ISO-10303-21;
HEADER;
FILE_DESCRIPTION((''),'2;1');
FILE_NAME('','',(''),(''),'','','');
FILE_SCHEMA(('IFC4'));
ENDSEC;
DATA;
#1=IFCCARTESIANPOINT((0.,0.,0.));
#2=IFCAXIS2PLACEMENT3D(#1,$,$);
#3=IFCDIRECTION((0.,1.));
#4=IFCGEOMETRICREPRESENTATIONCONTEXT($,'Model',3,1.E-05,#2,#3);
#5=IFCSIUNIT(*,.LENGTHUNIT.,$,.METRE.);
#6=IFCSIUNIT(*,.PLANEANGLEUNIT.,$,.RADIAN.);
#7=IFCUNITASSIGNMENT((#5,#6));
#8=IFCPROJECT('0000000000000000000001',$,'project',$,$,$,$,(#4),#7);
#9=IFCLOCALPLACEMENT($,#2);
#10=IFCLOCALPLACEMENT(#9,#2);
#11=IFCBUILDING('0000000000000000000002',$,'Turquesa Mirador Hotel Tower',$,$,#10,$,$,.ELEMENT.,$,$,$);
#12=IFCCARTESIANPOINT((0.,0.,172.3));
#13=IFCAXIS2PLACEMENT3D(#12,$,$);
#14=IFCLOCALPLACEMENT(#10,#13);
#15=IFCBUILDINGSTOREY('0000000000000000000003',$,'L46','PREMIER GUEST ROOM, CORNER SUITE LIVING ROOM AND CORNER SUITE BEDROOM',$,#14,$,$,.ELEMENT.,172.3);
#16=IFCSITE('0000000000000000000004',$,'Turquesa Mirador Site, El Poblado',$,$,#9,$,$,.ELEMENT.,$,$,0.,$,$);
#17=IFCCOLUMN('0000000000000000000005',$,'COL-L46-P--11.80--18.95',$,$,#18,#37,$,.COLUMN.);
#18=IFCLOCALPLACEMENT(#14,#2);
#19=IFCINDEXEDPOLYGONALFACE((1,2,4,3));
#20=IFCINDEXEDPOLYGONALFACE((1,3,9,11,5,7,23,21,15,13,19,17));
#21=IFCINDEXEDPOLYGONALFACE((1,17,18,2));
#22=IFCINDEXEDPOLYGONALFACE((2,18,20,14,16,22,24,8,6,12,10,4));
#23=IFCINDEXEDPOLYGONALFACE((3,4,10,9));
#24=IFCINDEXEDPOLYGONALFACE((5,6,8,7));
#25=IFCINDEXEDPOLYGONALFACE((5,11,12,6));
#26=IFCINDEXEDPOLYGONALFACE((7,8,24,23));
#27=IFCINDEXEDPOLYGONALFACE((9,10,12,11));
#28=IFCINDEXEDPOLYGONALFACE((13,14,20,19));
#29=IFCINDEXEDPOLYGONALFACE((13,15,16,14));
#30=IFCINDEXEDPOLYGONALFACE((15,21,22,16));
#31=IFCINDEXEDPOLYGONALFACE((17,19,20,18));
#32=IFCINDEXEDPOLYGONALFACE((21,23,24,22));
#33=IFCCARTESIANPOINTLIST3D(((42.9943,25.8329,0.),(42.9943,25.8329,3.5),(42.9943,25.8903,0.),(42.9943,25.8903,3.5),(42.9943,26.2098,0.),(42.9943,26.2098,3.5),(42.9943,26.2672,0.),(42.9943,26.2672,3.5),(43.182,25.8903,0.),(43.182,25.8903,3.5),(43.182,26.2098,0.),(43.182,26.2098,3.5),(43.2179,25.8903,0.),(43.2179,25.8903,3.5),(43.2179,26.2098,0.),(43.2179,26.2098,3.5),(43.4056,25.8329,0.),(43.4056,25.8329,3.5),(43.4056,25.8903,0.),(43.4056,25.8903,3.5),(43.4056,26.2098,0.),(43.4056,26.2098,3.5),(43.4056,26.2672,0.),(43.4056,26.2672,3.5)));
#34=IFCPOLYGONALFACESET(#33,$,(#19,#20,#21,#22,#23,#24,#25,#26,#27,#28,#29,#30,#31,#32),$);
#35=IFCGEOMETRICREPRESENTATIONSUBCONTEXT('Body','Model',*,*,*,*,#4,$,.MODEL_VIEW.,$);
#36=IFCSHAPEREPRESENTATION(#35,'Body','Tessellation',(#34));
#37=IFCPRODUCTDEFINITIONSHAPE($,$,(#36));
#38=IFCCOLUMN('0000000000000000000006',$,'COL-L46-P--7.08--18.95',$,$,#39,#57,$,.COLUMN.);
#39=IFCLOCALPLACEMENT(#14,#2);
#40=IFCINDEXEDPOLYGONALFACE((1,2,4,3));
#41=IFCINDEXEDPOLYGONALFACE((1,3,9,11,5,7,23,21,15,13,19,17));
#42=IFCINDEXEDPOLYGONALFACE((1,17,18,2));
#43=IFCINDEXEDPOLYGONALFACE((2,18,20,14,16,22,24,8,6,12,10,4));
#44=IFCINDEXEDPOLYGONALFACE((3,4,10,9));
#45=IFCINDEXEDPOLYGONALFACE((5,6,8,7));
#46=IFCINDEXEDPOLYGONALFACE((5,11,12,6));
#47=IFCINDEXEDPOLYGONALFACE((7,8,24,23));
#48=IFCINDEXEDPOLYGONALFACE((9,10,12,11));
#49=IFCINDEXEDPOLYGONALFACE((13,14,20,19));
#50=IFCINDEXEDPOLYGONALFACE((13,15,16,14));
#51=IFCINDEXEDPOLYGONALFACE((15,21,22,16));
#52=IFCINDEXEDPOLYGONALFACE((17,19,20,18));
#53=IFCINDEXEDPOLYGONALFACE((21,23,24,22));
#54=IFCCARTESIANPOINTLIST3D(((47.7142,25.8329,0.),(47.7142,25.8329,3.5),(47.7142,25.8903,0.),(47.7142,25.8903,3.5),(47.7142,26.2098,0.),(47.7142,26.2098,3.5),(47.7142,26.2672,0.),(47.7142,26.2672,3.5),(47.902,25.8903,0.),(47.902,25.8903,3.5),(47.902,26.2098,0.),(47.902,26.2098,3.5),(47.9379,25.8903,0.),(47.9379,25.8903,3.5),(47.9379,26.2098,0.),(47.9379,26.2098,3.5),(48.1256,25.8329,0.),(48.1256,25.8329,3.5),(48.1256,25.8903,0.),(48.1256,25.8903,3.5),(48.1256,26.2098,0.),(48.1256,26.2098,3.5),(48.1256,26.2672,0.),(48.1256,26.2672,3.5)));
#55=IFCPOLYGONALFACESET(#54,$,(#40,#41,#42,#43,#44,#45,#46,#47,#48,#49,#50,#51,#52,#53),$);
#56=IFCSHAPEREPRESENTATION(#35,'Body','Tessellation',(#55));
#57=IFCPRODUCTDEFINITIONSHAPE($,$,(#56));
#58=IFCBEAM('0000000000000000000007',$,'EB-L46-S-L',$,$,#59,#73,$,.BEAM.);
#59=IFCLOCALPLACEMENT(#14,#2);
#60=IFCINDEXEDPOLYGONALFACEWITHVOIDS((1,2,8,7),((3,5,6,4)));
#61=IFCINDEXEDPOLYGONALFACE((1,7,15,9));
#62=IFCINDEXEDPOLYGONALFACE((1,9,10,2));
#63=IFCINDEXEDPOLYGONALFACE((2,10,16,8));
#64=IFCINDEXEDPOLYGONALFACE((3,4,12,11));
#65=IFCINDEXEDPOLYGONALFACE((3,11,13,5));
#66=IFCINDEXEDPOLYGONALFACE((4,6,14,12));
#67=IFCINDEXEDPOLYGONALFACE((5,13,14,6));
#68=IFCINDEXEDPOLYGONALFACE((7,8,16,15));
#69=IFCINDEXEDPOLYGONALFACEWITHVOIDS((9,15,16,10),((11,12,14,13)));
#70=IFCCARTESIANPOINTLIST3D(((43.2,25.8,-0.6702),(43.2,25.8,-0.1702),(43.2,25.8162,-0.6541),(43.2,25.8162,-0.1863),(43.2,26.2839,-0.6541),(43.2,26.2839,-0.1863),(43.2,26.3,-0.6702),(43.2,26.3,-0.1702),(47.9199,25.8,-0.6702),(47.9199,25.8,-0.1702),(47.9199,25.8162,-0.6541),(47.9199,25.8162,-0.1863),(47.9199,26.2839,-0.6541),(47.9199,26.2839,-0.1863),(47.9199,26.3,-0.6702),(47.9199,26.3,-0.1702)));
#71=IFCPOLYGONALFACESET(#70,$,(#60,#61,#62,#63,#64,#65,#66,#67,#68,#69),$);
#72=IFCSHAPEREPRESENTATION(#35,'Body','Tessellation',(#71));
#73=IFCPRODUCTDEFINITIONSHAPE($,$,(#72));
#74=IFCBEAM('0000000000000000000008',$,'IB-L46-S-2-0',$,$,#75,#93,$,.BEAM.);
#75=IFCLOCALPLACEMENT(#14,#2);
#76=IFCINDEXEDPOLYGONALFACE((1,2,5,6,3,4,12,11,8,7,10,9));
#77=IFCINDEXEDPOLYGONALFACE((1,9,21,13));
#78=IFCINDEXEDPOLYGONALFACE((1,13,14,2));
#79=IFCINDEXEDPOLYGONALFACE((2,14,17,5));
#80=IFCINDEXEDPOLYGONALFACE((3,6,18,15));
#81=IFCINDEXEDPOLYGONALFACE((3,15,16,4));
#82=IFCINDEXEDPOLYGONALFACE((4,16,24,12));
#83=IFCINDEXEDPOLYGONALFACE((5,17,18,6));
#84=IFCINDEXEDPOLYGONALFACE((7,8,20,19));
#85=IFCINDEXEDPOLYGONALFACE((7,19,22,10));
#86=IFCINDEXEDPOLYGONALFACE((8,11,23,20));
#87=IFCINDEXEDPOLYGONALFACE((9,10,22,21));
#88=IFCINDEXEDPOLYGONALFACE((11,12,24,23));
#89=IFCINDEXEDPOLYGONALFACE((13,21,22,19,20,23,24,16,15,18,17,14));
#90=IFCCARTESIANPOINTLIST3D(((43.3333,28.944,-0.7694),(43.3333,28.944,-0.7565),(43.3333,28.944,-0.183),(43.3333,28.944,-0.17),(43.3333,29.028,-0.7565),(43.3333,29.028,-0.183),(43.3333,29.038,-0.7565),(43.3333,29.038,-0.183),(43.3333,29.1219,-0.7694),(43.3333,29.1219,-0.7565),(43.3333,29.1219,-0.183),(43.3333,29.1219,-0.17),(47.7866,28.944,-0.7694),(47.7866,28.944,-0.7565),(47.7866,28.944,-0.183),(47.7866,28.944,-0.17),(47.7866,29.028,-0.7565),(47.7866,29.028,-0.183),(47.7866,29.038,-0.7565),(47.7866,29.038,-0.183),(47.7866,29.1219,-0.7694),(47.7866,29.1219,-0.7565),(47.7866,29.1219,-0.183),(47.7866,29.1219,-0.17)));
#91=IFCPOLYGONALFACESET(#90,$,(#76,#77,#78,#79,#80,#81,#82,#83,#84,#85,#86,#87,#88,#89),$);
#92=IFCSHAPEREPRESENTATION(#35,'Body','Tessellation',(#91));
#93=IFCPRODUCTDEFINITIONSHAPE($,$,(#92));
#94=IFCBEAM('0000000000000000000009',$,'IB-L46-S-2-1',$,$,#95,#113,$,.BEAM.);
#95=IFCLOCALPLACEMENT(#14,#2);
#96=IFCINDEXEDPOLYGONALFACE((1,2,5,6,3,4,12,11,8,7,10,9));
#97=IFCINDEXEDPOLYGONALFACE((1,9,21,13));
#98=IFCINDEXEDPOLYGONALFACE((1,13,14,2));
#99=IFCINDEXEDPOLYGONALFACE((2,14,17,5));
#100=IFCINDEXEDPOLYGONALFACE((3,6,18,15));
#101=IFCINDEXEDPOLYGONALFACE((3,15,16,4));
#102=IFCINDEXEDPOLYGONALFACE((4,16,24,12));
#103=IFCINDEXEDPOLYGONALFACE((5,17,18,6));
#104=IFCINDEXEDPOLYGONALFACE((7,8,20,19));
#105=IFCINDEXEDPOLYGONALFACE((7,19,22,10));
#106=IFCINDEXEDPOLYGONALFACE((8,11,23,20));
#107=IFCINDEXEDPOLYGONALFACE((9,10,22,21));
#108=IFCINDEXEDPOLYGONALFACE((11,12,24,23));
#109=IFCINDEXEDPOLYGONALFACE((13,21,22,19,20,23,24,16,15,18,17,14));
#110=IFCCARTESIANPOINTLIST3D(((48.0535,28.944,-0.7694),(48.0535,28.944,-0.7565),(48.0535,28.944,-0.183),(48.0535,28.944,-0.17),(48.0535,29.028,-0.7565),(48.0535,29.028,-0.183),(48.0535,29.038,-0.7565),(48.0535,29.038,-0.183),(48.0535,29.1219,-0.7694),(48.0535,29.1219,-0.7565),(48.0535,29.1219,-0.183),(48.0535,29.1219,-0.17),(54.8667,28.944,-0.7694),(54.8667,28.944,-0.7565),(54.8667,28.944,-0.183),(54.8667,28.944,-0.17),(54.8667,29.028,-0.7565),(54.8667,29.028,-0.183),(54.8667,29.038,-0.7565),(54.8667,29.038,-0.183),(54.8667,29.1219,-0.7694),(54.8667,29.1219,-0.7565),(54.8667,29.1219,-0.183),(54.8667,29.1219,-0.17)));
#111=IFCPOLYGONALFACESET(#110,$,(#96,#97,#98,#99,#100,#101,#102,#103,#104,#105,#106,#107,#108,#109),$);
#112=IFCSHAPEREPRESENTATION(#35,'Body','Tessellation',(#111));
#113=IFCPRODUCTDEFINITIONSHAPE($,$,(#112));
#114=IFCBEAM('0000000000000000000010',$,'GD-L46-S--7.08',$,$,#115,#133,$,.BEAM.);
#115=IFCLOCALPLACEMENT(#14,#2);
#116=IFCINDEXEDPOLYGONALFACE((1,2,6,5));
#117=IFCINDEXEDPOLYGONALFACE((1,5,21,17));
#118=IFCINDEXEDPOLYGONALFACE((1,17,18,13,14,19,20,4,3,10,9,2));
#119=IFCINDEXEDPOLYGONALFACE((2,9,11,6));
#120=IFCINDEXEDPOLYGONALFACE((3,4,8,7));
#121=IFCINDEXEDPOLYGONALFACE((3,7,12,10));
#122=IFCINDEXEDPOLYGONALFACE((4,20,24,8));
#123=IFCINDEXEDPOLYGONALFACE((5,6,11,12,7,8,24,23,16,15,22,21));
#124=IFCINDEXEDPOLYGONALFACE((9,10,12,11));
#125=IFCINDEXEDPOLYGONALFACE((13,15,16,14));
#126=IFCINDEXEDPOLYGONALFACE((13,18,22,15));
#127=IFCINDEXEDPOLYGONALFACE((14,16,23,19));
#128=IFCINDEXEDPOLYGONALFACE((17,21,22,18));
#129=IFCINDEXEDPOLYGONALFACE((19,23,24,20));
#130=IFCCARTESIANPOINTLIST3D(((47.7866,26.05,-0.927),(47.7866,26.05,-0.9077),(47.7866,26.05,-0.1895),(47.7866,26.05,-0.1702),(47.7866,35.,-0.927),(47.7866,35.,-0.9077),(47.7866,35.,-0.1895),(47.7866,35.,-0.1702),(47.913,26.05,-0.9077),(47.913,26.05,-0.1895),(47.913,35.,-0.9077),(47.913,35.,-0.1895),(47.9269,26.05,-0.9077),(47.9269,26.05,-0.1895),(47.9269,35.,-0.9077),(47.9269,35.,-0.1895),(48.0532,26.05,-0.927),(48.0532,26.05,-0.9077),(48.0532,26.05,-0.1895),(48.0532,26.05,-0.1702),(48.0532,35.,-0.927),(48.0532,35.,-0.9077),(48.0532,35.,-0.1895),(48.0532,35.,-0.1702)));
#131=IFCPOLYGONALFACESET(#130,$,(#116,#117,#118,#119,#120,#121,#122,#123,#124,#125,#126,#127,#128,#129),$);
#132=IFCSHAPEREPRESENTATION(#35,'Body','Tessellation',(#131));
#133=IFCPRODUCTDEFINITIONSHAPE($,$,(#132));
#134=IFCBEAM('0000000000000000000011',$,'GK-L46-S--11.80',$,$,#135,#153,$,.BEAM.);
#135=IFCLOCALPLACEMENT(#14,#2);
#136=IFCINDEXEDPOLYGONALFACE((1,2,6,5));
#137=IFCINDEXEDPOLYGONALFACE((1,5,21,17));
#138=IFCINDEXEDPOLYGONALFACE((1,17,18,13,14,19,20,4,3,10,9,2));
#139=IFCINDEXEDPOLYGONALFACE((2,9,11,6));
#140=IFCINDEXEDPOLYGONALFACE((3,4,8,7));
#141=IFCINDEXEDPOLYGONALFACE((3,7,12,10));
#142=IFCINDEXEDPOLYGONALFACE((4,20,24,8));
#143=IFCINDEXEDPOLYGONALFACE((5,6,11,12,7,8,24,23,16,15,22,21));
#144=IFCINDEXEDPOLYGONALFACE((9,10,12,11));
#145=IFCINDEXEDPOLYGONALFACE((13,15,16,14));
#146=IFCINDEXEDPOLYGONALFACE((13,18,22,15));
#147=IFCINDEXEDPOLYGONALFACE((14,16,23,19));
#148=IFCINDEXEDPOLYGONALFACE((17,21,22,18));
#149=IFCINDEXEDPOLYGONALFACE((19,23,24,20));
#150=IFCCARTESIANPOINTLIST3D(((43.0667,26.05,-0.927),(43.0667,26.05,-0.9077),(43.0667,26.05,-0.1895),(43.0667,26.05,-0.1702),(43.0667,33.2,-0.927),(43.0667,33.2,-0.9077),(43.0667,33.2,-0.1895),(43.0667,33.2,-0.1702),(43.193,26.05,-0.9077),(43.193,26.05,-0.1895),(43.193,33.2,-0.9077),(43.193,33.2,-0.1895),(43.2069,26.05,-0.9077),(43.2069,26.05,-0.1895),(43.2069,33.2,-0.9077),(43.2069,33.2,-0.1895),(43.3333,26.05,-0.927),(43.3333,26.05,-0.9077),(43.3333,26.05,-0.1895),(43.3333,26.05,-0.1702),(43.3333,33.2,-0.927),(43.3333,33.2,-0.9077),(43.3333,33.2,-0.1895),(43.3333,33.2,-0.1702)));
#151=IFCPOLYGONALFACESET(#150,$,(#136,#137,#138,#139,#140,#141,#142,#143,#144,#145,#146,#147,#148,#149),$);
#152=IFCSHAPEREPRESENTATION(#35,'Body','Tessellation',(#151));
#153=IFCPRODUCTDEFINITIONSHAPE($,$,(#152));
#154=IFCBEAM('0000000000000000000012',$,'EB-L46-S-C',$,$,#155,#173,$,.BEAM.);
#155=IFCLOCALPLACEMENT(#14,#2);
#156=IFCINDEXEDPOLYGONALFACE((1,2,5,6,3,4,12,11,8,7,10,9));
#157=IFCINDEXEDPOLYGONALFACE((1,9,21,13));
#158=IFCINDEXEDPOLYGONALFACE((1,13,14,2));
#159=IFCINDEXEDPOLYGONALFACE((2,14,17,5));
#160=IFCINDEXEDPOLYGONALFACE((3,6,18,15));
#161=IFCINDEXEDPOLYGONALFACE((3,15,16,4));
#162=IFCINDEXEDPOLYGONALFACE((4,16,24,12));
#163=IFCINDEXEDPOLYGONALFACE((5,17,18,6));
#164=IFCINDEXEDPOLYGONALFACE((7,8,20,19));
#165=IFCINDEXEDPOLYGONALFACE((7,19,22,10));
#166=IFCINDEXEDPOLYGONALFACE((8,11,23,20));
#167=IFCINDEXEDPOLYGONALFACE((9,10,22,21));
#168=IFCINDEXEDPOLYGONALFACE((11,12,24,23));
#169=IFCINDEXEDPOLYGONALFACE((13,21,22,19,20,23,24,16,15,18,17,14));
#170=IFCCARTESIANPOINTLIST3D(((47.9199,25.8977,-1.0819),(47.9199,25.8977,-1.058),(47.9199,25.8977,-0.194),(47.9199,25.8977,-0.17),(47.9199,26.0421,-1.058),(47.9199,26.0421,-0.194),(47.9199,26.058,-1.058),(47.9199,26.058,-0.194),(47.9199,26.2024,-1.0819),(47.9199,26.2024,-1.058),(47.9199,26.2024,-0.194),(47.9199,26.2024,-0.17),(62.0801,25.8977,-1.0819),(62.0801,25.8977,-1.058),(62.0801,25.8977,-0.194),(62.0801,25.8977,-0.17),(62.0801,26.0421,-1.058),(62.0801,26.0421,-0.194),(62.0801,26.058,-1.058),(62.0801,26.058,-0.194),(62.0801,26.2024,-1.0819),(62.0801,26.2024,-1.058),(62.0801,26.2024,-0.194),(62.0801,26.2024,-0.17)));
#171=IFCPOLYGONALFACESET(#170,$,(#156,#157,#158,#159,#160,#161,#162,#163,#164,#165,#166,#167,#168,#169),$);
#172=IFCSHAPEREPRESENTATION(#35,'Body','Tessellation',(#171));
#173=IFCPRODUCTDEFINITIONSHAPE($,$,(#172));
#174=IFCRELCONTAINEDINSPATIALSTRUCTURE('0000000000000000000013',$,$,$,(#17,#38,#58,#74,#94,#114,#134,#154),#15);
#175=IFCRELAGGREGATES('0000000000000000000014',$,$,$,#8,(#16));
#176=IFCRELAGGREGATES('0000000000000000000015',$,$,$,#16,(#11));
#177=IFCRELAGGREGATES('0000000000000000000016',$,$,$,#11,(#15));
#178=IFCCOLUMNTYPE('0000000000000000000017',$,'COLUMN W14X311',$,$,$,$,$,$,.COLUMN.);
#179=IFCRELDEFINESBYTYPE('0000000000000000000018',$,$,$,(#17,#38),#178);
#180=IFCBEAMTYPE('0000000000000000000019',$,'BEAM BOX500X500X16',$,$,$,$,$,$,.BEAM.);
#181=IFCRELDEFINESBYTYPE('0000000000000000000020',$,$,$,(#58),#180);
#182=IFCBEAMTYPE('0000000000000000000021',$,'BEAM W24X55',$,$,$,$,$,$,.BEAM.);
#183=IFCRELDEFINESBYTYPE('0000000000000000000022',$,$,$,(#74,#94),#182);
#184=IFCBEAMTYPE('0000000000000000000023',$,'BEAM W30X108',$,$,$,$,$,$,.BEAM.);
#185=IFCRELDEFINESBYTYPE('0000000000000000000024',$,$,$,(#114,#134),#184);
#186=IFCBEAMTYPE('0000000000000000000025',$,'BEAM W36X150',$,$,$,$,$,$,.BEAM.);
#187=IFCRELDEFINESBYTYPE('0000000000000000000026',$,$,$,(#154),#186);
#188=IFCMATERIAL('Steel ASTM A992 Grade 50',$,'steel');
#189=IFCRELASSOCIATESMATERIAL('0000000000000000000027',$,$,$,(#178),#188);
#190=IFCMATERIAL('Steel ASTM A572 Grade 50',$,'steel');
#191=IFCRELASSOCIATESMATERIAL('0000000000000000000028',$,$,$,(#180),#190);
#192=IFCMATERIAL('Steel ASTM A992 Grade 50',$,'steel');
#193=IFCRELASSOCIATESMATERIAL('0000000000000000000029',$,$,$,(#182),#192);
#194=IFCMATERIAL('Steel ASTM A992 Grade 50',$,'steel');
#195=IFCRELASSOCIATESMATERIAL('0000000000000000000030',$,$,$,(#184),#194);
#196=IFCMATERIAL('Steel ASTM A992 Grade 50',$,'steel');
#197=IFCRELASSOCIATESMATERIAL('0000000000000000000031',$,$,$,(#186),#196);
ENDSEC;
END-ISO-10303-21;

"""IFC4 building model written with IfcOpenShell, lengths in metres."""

from ifc_helpers import new_model, si_unit, direction, frame, origin, origin_2d, place, context, subcontext, project, spatial, hollow_rectangle, i_section, extrude, material, material_profile, profile_set, type_object, element, save


model = new_model("IFC4")

# Units and contexts
model_context = context("Model", 3, precision=1e-05, world=origin(), true_north=direction((0.0, 1.0)))
body_context = subcontext(model_context, "Body", "Model", "MODEL_VIEW")
ifc_project = project(units=[si_unit("LENGTHUNIT", "METRE"), si_unit("PLANEANGLEUNIT", "RADIAN")], contexts=[model_context])

# Site, building, storey
site_placement = place(None, origin())
site = spatial("IfcSite", under=ifc_project, at=site_placement, Name="Turquesa Mirador Site, El Poblado", CompositionType="ELEMENT", RefElevation=0.0)
building_placement = place(site_placement, origin())
building = spatial("IfcBuilding", under=site, at=building_placement, Name="Turquesa Mirador Hotel Tower", CompositionType="ELEMENT")
storey_placement = place(building_placement, frame((0.0, 0.0, 172.3)))
storey = spatial("IfcBuildingStorey", under=building, at=storey_placement, Name="L46", Description="PREMIER GUEST ROOM, CORNER SUITE LIVING ROOM AND CORNER SUITE BEDROOM", CompositionType="ELEMENT", Elevation=172.3)

# Columns
ifc_material_1 = material(Name="Steel ASTM A992 Grade 50", Category="steel")
ifc_material_profile_1 = material_profile(ifc_material_1, i_section(OverallWidth=0.4114, OverallDepth=0.4343, WebThickness=0.0359, FlangeThickness=0.0574, at=origin_2d()), Name="W14X311")
ifc_profile_set_1 = profile_set([ifc_material_profile_1], Name="Steel ASTM A992 Grade 50")
column_type = type_object("IfcColumnType", Name="COLUMN W14X311", PredefinedType="COLUMN", material=ifc_profile_set_1)
for number, where, z_axis, x_axis, name in (
    (1, (43.2, 26.05, 0.0), (0.0, 0.0, 1.0), (1.0, 0.0, 0.0), "COL-L46-P--11.80--18.95"),
    (2, (47.9199, 26.05, 0.0), (0.0, 0.0, 1.0), (1.0, 0.0, 0.0), "COL-L46-P--7.08--18.95"),
):
    element("IfcColumn", number, at=place(storey_placement, frame(where, z_axis=z_axis, x_axis=x_axis)), inside=storey, type_object=column_type, Name=name, PredefinedType="COLUMN", context=body_context, shape_type="SweptSolid", body=[
        extrude(i_section(OverallWidth=0.4114, OverallDepth=0.4343, WebThickness=0.0359, FlangeThickness=0.0574, at=origin_2d()), origin(), (0.0, 0.0, 1.0), 3.5),
    ])

# Beams
ifc_material_2 = material(Name="Steel ASTM A572 Grade 50", Category="steel")
ifc_material_profile_2 = material_profile(ifc_material_2, hollow_rectangle(XDim=0.5, YDim=0.5, WallThickness=0.0161, at=origin_2d()), Name="BOX500X500X16")
ifc_profile_set_2 = profile_set([ifc_material_profile_2], Name="Steel ASTM A572 Grade 50")
beam_type_1 = type_object("IfcBeamType", Name="BEAM BOX500X500X16", PredefinedType="BEAM", material=ifc_profile_set_2)
beam_1_placement = place(storey_placement, frame((43.2, 26.05, -0.4202), z_axis=(1.0, 0.0, 0.0), x_axis=(0.0, 1.0, 0.0)))
element("IfcBeam", 3, at=beam_1_placement, inside=storey, type_object=beam_type_1, Name="EB-L46-S-L", PredefinedType="BEAM", context=body_context, shape_type="SweptSolid", body=[
    extrude(hollow_rectangle(XDim=0.5, YDim=0.5, WallThickness=0.0161, at=origin_2d()), origin(), (0.0, 0.0, 1.0), 4.72),
])
ifc_material_3 = material(Name="Steel ASTM A992 Grade 50", Category="steel")
ifc_material_profile_3 = material_profile(ifc_material_3, i_section(OverallWidth=0.178, OverallDepth=0.5994, WebThickness=0.01, FlangeThickness=0.0129, at=origin_2d()), Name="W24X55")
ifc_profile_set_3 = profile_set([ifc_material_profile_3], Name="Steel ASTM A992 Grade 50")
beam_type_2 = type_object("IfcBeamType", Name="BEAM W24X55", PredefinedType="BEAM", material=ifc_profile_set_3)
beam_2_placement = place(storey_placement, frame((43.3333, 29.033, -0.4697), z_axis=(1.0, 0.0, 0.0), x_axis=(0.0, 1.0, 0.0)))
element("IfcBeam", 4, at=beam_2_placement, inside=storey, type_object=beam_type_2, Name="IB-L46-S-2-0", PredefinedType="BEAM", context=body_context, shape_type="SweptSolid", body=[
    extrude(i_section(OverallWidth=0.178, OverallDepth=0.5994, WebThickness=0.01, FlangeThickness=0.0129, at=origin_2d()), origin(), (0.0, 0.0, 1.0), 4.4534),
])
beam_3_placement = place(storey_placement, frame((48.0535, 29.033, -0.4697), z_axis=(1.0, 0.0, 0.0), x_axis=(0.0, 1.0, 0.0)))
element("IfcBeam", 5, at=beam_3_placement, inside=storey, type_object=beam_type_2, Name="IB-L46-S-2-1", PredefinedType="BEAM", context=body_context, shape_type="SweptSolid", body=[
    extrude(i_section(OverallWidth=0.178, OverallDepth=0.5994, WebThickness=0.01, FlangeThickness=0.0129, at=origin_2d()), origin(), (0.0, 0.0, 1.0), 6.8132),
])
ifc_material_4 = material(Name="Steel ASTM A992 Grade 50", Category="steel")
ifc_material_profile_4 = material_profile(ifc_material_4, i_section(OverallWidth=0.2666, OverallDepth=0.7568, WebThickness=0.0139, FlangeThickness=0.0193, at=origin_2d()), Name="W30X108")
ifc_profile_set_4 = profile_set([ifc_material_profile_4], Name="Steel ASTM A992 Grade 50")
beam_type_3 = type_object("IfcBeamType", Name="BEAM W30X108", PredefinedType="BEAM", material=ifc_profile_set_4)
beam_4_placement = place(storey_placement, frame((47.9199, 26.05, -0.5486), z_axis=(0.0, 1.0, 0.0), x_axis=(-1.0, 0.0, 0.0)))
element("IfcBeam", 6, at=beam_4_placement, inside=storey, type_object=beam_type_3, Name="GD-L46-S--7.08", PredefinedType="BEAM", context=body_context, shape_type="SweptSolid", body=[
    extrude(i_section(OverallWidth=0.2666, OverallDepth=0.7568, WebThickness=0.0139, FlangeThickness=0.0193, at=origin_2d()), origin(), (0.0, 0.0, 1.0), 8.95),
])
beam_5_placement = place(storey_placement, frame((43.2, 26.05, -0.5486), z_axis=(0.0, 1.0, 0.0), x_axis=(-1.0, 0.0, 0.0)))
element("IfcBeam", 7, at=beam_5_placement, inside=storey, type_object=beam_type_3, Name="GK-L46-S--11.80", PredefinedType="BEAM", context=body_context, shape_type="SweptSolid", body=[
    extrude(i_section(OverallWidth=0.2666, OverallDepth=0.7568, WebThickness=0.0139, FlangeThickness=0.0193, at=origin_2d()), origin(), (0.0, 0.0, 1.0), 7.1499),
])
ifc_material_5 = material(Name="Steel ASTM A992 Grade 50", Category="steel")
ifc_material_profile_5 = material_profile(ifc_material_5, i_section(OverallWidth=0.3047, OverallDepth=0.9119, WebThickness=0.0159, FlangeThickness=0.0239, at=origin_2d()), Name="W36X150")
ifc_profile_set_5 = profile_set([ifc_material_profile_5], Name="Steel ASTM A992 Grade 50")
beam_type_4 = type_object("IfcBeamType", Name="BEAM W36X150", PredefinedType="BEAM", material=ifc_profile_set_5)
beam_6_placement = place(storey_placement, frame((47.9199, 26.05, -0.626), z_axis=(1.0, 0.0, 0.0), x_axis=(0.0, 1.0, 0.0)))
element("IfcBeam", 8, at=beam_6_placement, inside=storey, type_object=beam_type_4, Name="EB-L46-S-C", PredefinedType="BEAM", context=body_context, shape_type="SweptSolid", body=[
    extrude(i_section(OverallWidth=0.3047, OverallDepth=0.9119, WebThickness=0.0159, FlangeThickness=0.0239, at=origin_2d()), origin(), (0.0, 0.0, 1.0), 14.1602),
])

save(model, "model.ifc")
